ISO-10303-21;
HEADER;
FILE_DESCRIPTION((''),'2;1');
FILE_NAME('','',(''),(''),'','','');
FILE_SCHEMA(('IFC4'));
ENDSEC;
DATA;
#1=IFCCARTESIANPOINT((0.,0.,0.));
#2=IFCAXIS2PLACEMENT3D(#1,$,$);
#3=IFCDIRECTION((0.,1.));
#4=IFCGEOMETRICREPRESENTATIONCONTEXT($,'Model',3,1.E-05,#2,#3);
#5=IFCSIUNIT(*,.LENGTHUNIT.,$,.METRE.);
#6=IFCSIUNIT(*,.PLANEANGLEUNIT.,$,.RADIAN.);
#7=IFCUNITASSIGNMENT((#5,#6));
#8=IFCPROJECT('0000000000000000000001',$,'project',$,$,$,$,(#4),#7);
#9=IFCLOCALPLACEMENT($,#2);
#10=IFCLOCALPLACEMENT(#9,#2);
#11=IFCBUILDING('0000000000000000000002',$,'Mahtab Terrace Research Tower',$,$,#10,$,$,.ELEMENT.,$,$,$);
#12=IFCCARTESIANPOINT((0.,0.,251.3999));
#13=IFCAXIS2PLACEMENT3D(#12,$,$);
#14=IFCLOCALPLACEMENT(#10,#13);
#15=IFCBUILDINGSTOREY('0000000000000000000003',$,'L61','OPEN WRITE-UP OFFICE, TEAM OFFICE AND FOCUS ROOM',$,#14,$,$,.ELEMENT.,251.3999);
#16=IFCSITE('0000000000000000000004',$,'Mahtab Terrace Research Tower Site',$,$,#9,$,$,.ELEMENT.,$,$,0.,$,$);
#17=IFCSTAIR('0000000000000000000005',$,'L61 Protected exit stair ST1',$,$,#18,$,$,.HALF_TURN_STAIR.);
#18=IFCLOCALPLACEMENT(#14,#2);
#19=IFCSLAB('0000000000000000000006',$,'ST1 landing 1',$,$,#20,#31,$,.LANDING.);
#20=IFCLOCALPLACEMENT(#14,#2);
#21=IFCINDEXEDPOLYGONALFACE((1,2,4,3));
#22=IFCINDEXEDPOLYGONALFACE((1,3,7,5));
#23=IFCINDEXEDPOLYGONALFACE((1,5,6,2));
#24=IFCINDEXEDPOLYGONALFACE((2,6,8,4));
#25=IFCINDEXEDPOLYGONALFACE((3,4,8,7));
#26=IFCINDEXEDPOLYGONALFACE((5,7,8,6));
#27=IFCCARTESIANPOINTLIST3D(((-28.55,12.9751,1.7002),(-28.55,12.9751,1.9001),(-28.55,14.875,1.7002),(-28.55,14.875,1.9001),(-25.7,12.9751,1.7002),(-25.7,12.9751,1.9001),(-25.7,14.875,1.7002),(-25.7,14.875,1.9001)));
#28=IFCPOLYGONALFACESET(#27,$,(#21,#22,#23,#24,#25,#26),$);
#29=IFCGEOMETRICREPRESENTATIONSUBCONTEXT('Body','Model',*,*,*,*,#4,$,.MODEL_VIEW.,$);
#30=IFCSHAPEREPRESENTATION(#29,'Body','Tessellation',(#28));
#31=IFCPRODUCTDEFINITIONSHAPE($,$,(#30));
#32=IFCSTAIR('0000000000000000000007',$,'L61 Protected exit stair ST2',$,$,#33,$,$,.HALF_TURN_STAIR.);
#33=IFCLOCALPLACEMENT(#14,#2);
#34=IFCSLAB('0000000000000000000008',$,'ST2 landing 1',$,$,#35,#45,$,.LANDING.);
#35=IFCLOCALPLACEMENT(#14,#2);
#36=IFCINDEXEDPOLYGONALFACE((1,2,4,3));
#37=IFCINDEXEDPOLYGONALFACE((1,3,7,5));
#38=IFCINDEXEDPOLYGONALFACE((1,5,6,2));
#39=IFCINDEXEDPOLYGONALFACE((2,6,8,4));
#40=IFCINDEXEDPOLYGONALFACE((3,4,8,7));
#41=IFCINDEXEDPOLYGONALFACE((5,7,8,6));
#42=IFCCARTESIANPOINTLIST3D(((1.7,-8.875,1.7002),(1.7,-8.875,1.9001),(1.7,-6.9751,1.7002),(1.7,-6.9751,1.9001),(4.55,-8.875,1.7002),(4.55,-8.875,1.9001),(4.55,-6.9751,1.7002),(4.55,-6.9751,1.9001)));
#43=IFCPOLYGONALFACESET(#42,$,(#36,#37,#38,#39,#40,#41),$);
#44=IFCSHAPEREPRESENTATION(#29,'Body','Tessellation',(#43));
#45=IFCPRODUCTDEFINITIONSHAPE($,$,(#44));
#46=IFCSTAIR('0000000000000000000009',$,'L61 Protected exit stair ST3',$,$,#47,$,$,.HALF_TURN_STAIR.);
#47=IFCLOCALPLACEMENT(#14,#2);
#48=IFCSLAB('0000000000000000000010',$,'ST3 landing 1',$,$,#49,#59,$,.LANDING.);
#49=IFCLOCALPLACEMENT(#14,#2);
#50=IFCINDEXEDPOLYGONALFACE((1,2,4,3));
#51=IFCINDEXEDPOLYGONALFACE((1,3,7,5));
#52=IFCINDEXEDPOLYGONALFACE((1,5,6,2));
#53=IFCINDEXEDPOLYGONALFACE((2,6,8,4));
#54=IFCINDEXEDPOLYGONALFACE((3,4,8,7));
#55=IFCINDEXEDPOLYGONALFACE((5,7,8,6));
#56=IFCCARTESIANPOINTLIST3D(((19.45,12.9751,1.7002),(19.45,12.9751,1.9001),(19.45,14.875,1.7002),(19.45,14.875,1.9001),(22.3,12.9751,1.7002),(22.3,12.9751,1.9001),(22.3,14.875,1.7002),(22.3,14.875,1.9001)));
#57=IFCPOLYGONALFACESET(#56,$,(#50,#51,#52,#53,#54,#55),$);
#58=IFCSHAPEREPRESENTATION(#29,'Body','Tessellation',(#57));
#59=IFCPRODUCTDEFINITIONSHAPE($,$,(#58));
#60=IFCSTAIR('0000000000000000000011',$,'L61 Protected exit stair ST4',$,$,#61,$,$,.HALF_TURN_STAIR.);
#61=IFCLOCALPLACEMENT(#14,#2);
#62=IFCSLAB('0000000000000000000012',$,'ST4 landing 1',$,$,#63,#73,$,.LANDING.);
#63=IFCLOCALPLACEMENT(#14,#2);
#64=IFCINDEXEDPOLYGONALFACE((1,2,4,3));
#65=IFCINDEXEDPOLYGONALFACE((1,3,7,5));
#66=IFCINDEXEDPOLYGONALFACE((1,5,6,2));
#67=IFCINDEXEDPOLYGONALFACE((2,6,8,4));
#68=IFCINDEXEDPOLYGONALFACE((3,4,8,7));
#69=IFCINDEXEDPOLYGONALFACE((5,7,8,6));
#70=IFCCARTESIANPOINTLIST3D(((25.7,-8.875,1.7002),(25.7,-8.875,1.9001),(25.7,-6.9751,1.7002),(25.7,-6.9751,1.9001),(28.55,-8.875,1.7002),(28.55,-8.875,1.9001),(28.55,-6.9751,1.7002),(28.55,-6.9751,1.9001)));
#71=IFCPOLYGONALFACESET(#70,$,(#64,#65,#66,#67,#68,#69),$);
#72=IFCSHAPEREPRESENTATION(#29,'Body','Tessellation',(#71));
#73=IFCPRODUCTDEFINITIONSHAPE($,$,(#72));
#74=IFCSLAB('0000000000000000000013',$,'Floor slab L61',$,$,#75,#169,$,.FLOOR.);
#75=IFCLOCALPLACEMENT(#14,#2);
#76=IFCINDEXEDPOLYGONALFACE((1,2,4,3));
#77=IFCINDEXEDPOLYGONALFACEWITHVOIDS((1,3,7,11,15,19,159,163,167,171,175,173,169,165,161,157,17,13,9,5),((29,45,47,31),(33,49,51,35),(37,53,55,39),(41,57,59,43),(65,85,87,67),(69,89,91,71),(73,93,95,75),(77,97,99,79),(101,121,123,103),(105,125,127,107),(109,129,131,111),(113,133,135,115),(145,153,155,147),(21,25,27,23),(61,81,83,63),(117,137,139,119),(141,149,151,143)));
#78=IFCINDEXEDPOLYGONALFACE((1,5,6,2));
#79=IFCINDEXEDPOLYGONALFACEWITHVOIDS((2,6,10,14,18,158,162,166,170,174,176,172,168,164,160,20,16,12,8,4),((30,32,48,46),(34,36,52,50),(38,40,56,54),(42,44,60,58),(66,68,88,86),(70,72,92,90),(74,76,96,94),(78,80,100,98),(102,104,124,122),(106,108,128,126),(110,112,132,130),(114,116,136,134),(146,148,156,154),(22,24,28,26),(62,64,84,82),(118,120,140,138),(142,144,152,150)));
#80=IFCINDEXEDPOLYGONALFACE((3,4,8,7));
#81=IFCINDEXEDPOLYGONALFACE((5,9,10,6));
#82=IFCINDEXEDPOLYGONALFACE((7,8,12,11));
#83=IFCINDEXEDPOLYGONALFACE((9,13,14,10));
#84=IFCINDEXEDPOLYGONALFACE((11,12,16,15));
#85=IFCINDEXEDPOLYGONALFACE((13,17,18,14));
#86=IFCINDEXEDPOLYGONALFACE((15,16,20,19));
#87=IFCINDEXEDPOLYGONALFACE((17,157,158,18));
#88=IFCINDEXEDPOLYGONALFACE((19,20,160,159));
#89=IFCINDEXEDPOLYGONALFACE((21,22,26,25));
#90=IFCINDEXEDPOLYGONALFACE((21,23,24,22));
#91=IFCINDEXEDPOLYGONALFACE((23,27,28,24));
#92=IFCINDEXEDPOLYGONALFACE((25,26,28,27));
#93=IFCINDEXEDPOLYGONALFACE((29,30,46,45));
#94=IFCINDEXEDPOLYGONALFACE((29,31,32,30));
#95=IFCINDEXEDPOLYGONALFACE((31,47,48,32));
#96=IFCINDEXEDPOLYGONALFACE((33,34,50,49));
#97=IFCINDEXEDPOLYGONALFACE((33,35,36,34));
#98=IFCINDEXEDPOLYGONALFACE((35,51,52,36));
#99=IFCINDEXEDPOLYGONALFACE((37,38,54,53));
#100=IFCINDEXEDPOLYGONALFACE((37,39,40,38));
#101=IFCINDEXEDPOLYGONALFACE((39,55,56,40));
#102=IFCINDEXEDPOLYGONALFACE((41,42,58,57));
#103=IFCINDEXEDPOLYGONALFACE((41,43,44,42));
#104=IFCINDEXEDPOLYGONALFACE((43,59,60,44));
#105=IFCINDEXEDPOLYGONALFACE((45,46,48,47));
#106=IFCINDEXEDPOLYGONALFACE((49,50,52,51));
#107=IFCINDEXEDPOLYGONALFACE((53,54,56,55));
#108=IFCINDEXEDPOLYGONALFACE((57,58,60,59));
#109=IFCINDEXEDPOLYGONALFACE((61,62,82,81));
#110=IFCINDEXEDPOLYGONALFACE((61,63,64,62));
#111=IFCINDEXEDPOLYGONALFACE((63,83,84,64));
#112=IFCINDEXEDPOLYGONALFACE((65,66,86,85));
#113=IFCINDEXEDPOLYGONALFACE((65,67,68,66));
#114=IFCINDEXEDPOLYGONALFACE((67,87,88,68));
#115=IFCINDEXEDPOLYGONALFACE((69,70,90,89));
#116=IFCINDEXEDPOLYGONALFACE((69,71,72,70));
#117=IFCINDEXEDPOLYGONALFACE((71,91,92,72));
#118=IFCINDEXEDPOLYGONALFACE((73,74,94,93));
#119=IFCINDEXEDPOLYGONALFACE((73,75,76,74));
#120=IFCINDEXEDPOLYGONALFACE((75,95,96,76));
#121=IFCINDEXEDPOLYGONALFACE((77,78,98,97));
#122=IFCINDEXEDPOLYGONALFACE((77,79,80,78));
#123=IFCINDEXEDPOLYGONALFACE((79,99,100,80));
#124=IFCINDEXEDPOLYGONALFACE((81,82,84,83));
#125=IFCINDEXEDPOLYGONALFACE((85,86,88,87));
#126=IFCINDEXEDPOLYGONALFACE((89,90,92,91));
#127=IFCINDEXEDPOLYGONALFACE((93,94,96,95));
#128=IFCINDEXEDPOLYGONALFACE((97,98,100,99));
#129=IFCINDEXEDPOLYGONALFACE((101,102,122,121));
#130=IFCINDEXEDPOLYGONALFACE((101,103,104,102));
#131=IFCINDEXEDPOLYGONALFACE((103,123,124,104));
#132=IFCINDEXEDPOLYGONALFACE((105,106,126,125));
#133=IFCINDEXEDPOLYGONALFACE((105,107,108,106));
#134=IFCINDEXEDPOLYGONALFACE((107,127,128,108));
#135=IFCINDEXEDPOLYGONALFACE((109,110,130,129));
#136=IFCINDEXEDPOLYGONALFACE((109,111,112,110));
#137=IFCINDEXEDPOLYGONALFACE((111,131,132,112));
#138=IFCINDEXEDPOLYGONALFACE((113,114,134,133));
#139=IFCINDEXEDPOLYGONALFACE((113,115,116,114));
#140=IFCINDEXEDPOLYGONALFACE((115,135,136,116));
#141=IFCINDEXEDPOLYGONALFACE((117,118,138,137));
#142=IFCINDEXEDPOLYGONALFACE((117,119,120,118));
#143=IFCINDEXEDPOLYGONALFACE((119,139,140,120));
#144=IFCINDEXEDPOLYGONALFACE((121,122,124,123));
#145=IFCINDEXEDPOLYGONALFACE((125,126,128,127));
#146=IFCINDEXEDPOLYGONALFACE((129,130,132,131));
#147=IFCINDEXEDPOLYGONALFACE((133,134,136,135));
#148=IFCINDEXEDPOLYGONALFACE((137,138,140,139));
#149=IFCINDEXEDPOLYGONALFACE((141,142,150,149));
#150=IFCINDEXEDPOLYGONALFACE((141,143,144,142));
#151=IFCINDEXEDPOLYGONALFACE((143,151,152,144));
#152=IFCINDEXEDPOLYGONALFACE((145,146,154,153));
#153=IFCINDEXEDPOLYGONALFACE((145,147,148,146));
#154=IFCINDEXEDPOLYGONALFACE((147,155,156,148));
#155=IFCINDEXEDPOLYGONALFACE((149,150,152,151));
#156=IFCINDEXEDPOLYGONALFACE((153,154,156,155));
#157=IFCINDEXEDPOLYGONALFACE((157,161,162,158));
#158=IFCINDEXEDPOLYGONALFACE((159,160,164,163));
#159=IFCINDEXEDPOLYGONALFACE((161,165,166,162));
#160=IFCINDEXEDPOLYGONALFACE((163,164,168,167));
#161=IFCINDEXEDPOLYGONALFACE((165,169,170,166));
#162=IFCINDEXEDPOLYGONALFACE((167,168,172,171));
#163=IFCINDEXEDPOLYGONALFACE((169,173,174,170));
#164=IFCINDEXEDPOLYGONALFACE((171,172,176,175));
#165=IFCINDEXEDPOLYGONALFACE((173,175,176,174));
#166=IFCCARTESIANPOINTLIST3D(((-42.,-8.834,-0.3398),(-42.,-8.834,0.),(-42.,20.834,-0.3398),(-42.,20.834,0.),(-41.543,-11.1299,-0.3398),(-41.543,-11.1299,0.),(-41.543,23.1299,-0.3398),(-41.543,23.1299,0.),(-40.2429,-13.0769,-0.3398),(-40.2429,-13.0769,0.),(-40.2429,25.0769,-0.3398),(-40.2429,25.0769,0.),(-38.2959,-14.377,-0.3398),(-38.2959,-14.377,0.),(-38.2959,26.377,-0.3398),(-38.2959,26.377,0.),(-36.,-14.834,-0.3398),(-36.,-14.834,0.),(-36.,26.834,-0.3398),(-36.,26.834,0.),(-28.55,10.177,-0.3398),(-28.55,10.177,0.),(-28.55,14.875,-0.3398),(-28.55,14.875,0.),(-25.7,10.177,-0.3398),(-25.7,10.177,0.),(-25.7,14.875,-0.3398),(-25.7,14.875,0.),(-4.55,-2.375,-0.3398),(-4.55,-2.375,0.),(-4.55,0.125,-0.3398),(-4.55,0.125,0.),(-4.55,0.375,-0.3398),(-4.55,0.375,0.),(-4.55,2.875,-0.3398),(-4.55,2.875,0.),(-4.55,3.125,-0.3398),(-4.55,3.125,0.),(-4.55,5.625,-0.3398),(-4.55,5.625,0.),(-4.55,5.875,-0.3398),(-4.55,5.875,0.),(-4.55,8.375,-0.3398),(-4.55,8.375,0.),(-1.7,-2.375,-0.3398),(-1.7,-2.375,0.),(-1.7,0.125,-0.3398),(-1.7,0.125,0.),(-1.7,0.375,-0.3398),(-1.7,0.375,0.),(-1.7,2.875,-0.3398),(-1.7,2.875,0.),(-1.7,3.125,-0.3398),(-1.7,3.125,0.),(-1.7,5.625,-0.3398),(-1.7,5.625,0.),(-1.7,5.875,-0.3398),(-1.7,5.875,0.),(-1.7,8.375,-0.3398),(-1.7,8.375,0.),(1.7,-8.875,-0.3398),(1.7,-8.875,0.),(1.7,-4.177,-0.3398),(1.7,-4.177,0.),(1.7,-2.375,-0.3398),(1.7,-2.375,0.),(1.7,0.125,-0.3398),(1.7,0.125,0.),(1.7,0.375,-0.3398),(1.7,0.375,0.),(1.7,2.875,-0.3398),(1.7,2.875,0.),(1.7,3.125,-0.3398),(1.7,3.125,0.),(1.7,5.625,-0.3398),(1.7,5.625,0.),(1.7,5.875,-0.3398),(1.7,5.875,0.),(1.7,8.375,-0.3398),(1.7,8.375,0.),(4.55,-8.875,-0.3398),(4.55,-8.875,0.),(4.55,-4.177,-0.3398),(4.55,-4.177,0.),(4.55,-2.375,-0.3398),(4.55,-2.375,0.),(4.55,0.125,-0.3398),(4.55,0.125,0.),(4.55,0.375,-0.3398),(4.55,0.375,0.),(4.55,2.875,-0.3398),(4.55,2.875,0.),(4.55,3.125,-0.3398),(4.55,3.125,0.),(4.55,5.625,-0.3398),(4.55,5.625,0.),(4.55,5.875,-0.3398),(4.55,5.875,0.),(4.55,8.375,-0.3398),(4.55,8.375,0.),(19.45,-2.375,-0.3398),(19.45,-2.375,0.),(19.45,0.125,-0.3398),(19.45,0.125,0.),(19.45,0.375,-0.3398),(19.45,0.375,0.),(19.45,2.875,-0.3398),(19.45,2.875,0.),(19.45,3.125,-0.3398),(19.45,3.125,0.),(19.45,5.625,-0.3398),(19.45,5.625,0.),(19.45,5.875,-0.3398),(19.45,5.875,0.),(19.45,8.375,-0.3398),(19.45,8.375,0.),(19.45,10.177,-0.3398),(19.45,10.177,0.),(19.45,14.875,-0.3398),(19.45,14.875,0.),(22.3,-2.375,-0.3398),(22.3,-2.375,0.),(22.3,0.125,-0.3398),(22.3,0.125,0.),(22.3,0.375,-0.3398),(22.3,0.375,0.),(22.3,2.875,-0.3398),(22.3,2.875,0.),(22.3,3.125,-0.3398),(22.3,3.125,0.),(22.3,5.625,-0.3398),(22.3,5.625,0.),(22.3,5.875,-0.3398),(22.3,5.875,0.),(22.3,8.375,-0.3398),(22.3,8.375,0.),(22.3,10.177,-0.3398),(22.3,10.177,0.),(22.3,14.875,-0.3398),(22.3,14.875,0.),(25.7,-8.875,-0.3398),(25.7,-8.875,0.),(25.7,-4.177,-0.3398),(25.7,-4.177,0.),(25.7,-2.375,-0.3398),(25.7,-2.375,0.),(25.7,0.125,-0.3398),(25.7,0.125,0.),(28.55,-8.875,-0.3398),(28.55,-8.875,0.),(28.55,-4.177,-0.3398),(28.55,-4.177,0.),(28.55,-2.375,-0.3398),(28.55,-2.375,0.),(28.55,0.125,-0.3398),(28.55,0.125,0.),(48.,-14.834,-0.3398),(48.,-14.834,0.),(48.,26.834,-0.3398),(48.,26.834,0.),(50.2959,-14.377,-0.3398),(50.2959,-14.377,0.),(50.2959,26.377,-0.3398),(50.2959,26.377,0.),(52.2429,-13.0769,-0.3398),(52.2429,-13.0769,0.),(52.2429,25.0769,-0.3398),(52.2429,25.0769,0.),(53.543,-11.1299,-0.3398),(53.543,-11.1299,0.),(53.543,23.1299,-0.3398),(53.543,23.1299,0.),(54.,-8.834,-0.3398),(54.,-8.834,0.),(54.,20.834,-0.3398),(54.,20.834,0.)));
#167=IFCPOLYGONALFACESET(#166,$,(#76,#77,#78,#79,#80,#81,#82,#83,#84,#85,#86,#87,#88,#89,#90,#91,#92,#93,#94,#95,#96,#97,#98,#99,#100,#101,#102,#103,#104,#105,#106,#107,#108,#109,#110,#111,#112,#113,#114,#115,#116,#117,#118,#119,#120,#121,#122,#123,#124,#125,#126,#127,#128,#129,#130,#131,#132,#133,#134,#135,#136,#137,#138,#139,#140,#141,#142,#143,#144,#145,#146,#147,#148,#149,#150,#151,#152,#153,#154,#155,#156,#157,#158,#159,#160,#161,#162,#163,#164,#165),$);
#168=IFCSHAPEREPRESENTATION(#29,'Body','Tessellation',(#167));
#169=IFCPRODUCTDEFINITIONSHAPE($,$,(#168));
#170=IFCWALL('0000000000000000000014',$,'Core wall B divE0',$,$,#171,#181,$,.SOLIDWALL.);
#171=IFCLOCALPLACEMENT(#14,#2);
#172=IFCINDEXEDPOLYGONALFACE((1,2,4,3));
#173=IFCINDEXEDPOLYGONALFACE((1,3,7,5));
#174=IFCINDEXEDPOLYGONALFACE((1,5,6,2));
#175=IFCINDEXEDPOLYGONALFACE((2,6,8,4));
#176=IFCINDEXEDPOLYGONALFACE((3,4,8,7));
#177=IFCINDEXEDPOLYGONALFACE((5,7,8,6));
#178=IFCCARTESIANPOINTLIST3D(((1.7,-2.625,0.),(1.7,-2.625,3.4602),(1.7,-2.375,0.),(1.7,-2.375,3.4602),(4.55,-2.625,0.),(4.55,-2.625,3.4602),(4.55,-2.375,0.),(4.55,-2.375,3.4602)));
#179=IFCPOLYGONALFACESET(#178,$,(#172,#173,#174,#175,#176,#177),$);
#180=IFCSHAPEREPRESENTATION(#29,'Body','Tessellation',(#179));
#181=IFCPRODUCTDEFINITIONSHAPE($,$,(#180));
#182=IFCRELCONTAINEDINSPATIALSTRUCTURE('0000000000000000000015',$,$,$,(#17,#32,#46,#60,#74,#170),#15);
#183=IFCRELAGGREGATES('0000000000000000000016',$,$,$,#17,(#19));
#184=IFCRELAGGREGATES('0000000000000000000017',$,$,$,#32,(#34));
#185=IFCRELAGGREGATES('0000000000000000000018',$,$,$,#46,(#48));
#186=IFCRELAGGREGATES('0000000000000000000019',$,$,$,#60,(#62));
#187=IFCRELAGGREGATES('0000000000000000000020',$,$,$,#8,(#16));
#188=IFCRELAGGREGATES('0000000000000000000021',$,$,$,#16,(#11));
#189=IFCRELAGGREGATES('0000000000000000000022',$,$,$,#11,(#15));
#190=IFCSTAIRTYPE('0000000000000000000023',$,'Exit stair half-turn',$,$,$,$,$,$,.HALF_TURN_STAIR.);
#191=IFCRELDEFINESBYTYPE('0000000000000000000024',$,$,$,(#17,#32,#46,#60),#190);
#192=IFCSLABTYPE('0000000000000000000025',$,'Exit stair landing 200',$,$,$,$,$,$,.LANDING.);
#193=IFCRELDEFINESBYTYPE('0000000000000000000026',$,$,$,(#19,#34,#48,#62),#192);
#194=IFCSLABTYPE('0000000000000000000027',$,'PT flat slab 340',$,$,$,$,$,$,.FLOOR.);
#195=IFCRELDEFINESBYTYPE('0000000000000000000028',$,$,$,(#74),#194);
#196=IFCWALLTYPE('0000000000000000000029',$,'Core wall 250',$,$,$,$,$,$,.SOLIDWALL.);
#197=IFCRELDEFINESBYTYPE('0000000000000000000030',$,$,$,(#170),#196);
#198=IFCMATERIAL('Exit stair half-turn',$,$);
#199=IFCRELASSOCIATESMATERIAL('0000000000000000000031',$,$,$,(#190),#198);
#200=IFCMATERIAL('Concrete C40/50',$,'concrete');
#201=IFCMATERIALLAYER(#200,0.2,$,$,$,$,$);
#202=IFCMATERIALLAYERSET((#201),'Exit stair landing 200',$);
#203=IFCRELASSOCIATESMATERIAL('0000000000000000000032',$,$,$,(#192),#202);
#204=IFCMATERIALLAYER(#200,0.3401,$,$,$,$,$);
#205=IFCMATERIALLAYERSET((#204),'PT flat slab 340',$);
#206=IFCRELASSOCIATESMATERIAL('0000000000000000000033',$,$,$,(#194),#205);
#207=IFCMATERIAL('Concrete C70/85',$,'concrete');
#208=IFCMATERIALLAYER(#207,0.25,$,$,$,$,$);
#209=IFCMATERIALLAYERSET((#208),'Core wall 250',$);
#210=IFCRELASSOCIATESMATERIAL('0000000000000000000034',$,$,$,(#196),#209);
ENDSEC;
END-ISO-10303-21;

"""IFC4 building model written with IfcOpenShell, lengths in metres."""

from ifc_helpers import new_model, si_unit, direction, frame, frame_2d, origin, place, context, subcontext, project, spatial, polyline, rectangle, outline, extrude, material, layer, layer_set, type_object, element, aggregate, save


model = new_model("IFC4")

# Units and contexts
model_context = context("Model", 3, precision=1e-05, world=origin(), true_north=direction((0.0, 1.0)))
body_context = subcontext(model_context, "Body", "Model", "MODEL_VIEW")
ifc_project = project(units=[si_unit("LENGTHUNIT", "METRE"), si_unit("PLANEANGLEUNIT", "RADIAN")], contexts=[model_context])

# Site, building, storey
site_placement = place(None, origin())
site = spatial("IfcSite", under=ifc_project, at=site_placement, Name="Mahtab Terrace Research Tower Site", CompositionType="ELEMENT", RefElevation=0.0)
building_placement = place(site_placement, origin())
building = spatial("IfcBuilding", under=site, at=building_placement, Name="Mahtab Terrace Research Tower", CompositionType="ELEMENT")
storey_placement = place(building_placement, frame((0.0, 0.0, 251.3999)))
storey = spatial("IfcBuildingStorey", under=building, at=storey_placement, Name="L61", Description="OPEN WRITE-UP OFFICE, TEAM OFFICE AND FOCUS ROOM", CompositionType="ELEMENT", Elevation=251.3999)

# Stairs, slabs
ifc_material_1 = material(Name="Exit stair half-turn")
stair_type = type_object("IfcStairType", Name="Exit stair half-turn", PredefinedType="HALF_TURN_STAIR", material=ifc_material_1)
stair_1_placement = place(storey_placement, origin())
stair_1 = element("IfcStair", 1, at=stair_1_placement, inside=storey, type_object=stair_type, Name="L61 Protected exit stair ST1", PredefinedType="HALF_TURN_STAIR")
ifc_material_2 = material(Name="Concrete C40/50", Category="concrete")
ifc_layer_1 = layer(ifc_material_2, 0.2)
ifc_layer_set_1 = layer_set([ifc_layer_1], Name="Exit stair landing 200")
slab_type_1 = type_object("IfcSlabType", Name="Exit stair landing 200", PredefinedType="LANDING", material=ifc_layer_set_1)
slab_1_placement = place(storey_placement, frame((0.0, 0.0, 1.7002)))
slab_1 = element("IfcSlab", 2, at=slab_1_placement, type_object=slab_type_1, Name="ST1 landing 1", PredefinedType="LANDING", context=body_context, shape_type="SweptSolid", body=[
    extrude(outline(polyline([(-25.7, 12.9751), (-25.7, 14.875), (-28.55, 14.875), (-28.55, 12.9751), (-25.7, 12.9751)])), origin(), (0.0, 0.0, 1.0), 0.2),
])
aggregate(stair_1, [slab_1])
stair_2_placement = place(storey_placement, origin())
stair_2 = element("IfcStair", 3, at=stair_2_placement, inside=storey, type_object=stair_type, Name="L61 Protected exit stair ST2", PredefinedType="HALF_TURN_STAIR")
slab_2_placement = place(storey_placement, frame((0.0, 0.0, 1.7002)))
slab_2 = element("IfcSlab", 4, at=slab_2_placement, type_object=slab_type_1, Name="ST2 landing 1", PredefinedType="LANDING", context=body_context, shape_type="SweptSolid", body=[
    extrude(outline(polyline([(1.7, -6.9751), (1.7, -8.875), (4.55, -8.875), (4.55, -6.9751), (1.7, -6.9751)])), origin(), (0.0, 0.0, 1.0), 0.2),
])
aggregate(stair_2, [slab_2])
stair_3_placement = place(storey_placement, origin())
stair_3 = element("IfcStair", 5, at=stair_3_placement, inside=storey, type_object=stair_type, Name="L61 Protected exit stair ST3", PredefinedType="HALF_TURN_STAIR")
slab_3_placement = place(storey_placement, frame((0.0, 0.0, 1.7002)))
slab_3 = element("IfcSlab", 6, at=slab_3_placement, type_object=slab_type_1, Name="ST3 landing 1", PredefinedType="LANDING", context=body_context, shape_type="SweptSolid", body=[
    extrude(outline(polyline([(22.3, 12.9751), (22.3, 14.875), (19.45, 14.875), (19.45, 12.9751), (22.3, 12.9751)])), origin(), (0.0, 0.0, 1.0), 0.2),
])
aggregate(stair_3, [slab_3])
stair_4_placement = place(storey_placement, origin())
stair_4 = element("IfcStair", 7, at=stair_4_placement, inside=storey, type_object=stair_type, Name="L61 Protected exit stair ST4", PredefinedType="HALF_TURN_STAIR")
slab_4_placement = place(storey_placement, frame((0.0, 0.0, 1.7002)))
slab_4 = element("IfcSlab", 8, at=slab_4_placement, type_object=slab_type_1, Name="ST4 landing 1", PredefinedType="LANDING", context=body_context, shape_type="SweptSolid", body=[
    extrude(outline(polyline([(25.7, -6.9751), (25.7, -8.875), (28.55, -8.875), (28.55, -6.9751), (25.7, -6.9751)])), origin(), (0.0, 0.0, 1.0), 0.2),
])
aggregate(stair_4, [slab_4])

# Slab
ifc_layer_2 = layer(ifc_material_2, 0.3401)
ifc_layer_set_2 = layer_set([ifc_layer_2], Name="PT flat slab 340")
slab_type_2 = type_object("IfcSlabType", Name="PT flat slab 340", PredefinedType="FLOOR", material=ifc_layer_set_2)
slab_5_placement = place(storey_placement, frame((0.0, 0.0, -0.3398)))
element("IfcSlab", 9, at=slab_5_placement, inside=storey, type_object=slab_type_2, Name="Floor slab L61", PredefinedType="FLOOR", context=body_context, shape_type="SweptSolid", body=[
    extrude(outline(polyline([(53.543, 23.1299), (52.2429, 25.0769), (50.2959, 26.377), (48.0, 26.834), (-36.0, 26.834), (-38.2959, 26.377), (-40.2429, 25.0769), (-41.543, 23.1299), (-42.0, 20.834), (-42.0, -8.834), (-41.543, -11.1299), (-40.2429, -13.0769), (-38.2959, -14.377), (-36.0, -14.834), (48.0, -14.834), (50.2959, -14.377), (52.2429, -13.0769), (53.543, -11.1299), (54.0, -8.834), (54.0, 20.834), (53.543, 23.1299)]), holes=[polyline([(-4.55, -2.375), (-4.55, 0.125), (-1.7, 0.125), (-1.7, -2.375), (-4.55, -2.375)]), polyline([(1.7, -2.375), (1.7, 0.125), (4.55, 0.125), (4.55, -2.375), (1.7, -2.375)]), polyline([(-4.55, 0.375), (-4.55, 2.875), (-1.7, 2.875), (-1.7, 0.375), (-4.55, 0.375)]), polyline([(1.7, 0.375), (1.7, 2.875), (4.55, 2.875), (4.55, 0.375), (1.7, 0.375)]), polyline([(-4.55, 3.125), (-4.55, 5.625), (-1.7, 5.625), (-1.7, 3.125), (-4.55, 3.125)]), polyline([(1.7, 3.125), (1.7, 5.625), (4.55, 5.625), (4.55, 3.125), (1.7, 3.125)]), polyline([(-4.55, 5.875), (-4.55, 8.375), (-1.7, 8.375), (-1.7, 5.875), (-4.55, 5.875)]), polyline([(1.7, 5.875), (1.7, 8.375), (4.55, 8.375), (4.55, 5.875), (1.7, 5.875)]), polyline([(-28.55, 10.177), (-28.55, 14.875), (-25.7, 14.875), (-25.7, 10.177), (-28.55, 10.177)]), polyline([(1.7, -8.875), (1.7, -4.177), (4.55, -4.177), (4.55, -8.875), (1.7, -8.875)]), polyline([(25.7, -8.875), (25.7, -4.177), (28.55, -4.177), (28.55, -8.875), (25.7, -8.875)]), polyline([(19.45, -2.375), (19.45, 0.125), (22.3, 0.125), (22.3, -2.375), (19.45, -2.375)]), polyline([(25.7, -2.375), (25.7, 0.125), (28.55, 0.125), (28.55, -2.375), (25.7, -2.375)]), polyline([(19.45, 0.375), (19.45, 2.875), (22.3, 2.875), (22.3, 0.375), (19.45, 0.375)]), polyline([(19.45, 3.125), (19.45, 5.625), (22.3, 5.625), (22.3, 3.125), (19.45, 3.125)]), polyline([(19.45, 8.375), (22.3, 8.375), (22.3, 5.875), (19.45, 5.875), (19.45, 8.375)]), polyline([(19.45, 14.875), (22.3, 14.875), (22.3, 10.177), (19.45, 10.177), (19.45, 14.875)])]), origin(), (0.0, 0.0, 1.0), 0.3398),
])

# Wall
ifc_material_3 = material(Name="Concrete C70/85", Category="concrete")
ifc_layer_3 = layer(ifc_material_3, 0.25)
ifc_layer_set_3 = layer_set([ifc_layer_3], Name="Core wall 250")
wall_type = type_object("IfcWallType", Name="Core wall 250", PredefinedType="SOLIDWALL", material=ifc_layer_set_3)
wall_placement = place(storey_placement, frame((1.7, -2.5, 0.0), z_axis=(0.0, 0.0, 1.0), x_axis=(1.0, 0.0, 0.0)))
element("IfcWall", 10, at=wall_placement, inside=storey, type_object=wall_type, Name="Core wall B divE0", PredefinedType="SOLIDWALL", context=body_context, shape_type="SweptSolid", body=[
    extrude(rectangle(XDim=2.8501, YDim=0.25, at=frame_2d((1.425, 0.0))), origin(), (0.0, 0.0, 1.0), 3.4602),
])

save(model, "model.ifc")
